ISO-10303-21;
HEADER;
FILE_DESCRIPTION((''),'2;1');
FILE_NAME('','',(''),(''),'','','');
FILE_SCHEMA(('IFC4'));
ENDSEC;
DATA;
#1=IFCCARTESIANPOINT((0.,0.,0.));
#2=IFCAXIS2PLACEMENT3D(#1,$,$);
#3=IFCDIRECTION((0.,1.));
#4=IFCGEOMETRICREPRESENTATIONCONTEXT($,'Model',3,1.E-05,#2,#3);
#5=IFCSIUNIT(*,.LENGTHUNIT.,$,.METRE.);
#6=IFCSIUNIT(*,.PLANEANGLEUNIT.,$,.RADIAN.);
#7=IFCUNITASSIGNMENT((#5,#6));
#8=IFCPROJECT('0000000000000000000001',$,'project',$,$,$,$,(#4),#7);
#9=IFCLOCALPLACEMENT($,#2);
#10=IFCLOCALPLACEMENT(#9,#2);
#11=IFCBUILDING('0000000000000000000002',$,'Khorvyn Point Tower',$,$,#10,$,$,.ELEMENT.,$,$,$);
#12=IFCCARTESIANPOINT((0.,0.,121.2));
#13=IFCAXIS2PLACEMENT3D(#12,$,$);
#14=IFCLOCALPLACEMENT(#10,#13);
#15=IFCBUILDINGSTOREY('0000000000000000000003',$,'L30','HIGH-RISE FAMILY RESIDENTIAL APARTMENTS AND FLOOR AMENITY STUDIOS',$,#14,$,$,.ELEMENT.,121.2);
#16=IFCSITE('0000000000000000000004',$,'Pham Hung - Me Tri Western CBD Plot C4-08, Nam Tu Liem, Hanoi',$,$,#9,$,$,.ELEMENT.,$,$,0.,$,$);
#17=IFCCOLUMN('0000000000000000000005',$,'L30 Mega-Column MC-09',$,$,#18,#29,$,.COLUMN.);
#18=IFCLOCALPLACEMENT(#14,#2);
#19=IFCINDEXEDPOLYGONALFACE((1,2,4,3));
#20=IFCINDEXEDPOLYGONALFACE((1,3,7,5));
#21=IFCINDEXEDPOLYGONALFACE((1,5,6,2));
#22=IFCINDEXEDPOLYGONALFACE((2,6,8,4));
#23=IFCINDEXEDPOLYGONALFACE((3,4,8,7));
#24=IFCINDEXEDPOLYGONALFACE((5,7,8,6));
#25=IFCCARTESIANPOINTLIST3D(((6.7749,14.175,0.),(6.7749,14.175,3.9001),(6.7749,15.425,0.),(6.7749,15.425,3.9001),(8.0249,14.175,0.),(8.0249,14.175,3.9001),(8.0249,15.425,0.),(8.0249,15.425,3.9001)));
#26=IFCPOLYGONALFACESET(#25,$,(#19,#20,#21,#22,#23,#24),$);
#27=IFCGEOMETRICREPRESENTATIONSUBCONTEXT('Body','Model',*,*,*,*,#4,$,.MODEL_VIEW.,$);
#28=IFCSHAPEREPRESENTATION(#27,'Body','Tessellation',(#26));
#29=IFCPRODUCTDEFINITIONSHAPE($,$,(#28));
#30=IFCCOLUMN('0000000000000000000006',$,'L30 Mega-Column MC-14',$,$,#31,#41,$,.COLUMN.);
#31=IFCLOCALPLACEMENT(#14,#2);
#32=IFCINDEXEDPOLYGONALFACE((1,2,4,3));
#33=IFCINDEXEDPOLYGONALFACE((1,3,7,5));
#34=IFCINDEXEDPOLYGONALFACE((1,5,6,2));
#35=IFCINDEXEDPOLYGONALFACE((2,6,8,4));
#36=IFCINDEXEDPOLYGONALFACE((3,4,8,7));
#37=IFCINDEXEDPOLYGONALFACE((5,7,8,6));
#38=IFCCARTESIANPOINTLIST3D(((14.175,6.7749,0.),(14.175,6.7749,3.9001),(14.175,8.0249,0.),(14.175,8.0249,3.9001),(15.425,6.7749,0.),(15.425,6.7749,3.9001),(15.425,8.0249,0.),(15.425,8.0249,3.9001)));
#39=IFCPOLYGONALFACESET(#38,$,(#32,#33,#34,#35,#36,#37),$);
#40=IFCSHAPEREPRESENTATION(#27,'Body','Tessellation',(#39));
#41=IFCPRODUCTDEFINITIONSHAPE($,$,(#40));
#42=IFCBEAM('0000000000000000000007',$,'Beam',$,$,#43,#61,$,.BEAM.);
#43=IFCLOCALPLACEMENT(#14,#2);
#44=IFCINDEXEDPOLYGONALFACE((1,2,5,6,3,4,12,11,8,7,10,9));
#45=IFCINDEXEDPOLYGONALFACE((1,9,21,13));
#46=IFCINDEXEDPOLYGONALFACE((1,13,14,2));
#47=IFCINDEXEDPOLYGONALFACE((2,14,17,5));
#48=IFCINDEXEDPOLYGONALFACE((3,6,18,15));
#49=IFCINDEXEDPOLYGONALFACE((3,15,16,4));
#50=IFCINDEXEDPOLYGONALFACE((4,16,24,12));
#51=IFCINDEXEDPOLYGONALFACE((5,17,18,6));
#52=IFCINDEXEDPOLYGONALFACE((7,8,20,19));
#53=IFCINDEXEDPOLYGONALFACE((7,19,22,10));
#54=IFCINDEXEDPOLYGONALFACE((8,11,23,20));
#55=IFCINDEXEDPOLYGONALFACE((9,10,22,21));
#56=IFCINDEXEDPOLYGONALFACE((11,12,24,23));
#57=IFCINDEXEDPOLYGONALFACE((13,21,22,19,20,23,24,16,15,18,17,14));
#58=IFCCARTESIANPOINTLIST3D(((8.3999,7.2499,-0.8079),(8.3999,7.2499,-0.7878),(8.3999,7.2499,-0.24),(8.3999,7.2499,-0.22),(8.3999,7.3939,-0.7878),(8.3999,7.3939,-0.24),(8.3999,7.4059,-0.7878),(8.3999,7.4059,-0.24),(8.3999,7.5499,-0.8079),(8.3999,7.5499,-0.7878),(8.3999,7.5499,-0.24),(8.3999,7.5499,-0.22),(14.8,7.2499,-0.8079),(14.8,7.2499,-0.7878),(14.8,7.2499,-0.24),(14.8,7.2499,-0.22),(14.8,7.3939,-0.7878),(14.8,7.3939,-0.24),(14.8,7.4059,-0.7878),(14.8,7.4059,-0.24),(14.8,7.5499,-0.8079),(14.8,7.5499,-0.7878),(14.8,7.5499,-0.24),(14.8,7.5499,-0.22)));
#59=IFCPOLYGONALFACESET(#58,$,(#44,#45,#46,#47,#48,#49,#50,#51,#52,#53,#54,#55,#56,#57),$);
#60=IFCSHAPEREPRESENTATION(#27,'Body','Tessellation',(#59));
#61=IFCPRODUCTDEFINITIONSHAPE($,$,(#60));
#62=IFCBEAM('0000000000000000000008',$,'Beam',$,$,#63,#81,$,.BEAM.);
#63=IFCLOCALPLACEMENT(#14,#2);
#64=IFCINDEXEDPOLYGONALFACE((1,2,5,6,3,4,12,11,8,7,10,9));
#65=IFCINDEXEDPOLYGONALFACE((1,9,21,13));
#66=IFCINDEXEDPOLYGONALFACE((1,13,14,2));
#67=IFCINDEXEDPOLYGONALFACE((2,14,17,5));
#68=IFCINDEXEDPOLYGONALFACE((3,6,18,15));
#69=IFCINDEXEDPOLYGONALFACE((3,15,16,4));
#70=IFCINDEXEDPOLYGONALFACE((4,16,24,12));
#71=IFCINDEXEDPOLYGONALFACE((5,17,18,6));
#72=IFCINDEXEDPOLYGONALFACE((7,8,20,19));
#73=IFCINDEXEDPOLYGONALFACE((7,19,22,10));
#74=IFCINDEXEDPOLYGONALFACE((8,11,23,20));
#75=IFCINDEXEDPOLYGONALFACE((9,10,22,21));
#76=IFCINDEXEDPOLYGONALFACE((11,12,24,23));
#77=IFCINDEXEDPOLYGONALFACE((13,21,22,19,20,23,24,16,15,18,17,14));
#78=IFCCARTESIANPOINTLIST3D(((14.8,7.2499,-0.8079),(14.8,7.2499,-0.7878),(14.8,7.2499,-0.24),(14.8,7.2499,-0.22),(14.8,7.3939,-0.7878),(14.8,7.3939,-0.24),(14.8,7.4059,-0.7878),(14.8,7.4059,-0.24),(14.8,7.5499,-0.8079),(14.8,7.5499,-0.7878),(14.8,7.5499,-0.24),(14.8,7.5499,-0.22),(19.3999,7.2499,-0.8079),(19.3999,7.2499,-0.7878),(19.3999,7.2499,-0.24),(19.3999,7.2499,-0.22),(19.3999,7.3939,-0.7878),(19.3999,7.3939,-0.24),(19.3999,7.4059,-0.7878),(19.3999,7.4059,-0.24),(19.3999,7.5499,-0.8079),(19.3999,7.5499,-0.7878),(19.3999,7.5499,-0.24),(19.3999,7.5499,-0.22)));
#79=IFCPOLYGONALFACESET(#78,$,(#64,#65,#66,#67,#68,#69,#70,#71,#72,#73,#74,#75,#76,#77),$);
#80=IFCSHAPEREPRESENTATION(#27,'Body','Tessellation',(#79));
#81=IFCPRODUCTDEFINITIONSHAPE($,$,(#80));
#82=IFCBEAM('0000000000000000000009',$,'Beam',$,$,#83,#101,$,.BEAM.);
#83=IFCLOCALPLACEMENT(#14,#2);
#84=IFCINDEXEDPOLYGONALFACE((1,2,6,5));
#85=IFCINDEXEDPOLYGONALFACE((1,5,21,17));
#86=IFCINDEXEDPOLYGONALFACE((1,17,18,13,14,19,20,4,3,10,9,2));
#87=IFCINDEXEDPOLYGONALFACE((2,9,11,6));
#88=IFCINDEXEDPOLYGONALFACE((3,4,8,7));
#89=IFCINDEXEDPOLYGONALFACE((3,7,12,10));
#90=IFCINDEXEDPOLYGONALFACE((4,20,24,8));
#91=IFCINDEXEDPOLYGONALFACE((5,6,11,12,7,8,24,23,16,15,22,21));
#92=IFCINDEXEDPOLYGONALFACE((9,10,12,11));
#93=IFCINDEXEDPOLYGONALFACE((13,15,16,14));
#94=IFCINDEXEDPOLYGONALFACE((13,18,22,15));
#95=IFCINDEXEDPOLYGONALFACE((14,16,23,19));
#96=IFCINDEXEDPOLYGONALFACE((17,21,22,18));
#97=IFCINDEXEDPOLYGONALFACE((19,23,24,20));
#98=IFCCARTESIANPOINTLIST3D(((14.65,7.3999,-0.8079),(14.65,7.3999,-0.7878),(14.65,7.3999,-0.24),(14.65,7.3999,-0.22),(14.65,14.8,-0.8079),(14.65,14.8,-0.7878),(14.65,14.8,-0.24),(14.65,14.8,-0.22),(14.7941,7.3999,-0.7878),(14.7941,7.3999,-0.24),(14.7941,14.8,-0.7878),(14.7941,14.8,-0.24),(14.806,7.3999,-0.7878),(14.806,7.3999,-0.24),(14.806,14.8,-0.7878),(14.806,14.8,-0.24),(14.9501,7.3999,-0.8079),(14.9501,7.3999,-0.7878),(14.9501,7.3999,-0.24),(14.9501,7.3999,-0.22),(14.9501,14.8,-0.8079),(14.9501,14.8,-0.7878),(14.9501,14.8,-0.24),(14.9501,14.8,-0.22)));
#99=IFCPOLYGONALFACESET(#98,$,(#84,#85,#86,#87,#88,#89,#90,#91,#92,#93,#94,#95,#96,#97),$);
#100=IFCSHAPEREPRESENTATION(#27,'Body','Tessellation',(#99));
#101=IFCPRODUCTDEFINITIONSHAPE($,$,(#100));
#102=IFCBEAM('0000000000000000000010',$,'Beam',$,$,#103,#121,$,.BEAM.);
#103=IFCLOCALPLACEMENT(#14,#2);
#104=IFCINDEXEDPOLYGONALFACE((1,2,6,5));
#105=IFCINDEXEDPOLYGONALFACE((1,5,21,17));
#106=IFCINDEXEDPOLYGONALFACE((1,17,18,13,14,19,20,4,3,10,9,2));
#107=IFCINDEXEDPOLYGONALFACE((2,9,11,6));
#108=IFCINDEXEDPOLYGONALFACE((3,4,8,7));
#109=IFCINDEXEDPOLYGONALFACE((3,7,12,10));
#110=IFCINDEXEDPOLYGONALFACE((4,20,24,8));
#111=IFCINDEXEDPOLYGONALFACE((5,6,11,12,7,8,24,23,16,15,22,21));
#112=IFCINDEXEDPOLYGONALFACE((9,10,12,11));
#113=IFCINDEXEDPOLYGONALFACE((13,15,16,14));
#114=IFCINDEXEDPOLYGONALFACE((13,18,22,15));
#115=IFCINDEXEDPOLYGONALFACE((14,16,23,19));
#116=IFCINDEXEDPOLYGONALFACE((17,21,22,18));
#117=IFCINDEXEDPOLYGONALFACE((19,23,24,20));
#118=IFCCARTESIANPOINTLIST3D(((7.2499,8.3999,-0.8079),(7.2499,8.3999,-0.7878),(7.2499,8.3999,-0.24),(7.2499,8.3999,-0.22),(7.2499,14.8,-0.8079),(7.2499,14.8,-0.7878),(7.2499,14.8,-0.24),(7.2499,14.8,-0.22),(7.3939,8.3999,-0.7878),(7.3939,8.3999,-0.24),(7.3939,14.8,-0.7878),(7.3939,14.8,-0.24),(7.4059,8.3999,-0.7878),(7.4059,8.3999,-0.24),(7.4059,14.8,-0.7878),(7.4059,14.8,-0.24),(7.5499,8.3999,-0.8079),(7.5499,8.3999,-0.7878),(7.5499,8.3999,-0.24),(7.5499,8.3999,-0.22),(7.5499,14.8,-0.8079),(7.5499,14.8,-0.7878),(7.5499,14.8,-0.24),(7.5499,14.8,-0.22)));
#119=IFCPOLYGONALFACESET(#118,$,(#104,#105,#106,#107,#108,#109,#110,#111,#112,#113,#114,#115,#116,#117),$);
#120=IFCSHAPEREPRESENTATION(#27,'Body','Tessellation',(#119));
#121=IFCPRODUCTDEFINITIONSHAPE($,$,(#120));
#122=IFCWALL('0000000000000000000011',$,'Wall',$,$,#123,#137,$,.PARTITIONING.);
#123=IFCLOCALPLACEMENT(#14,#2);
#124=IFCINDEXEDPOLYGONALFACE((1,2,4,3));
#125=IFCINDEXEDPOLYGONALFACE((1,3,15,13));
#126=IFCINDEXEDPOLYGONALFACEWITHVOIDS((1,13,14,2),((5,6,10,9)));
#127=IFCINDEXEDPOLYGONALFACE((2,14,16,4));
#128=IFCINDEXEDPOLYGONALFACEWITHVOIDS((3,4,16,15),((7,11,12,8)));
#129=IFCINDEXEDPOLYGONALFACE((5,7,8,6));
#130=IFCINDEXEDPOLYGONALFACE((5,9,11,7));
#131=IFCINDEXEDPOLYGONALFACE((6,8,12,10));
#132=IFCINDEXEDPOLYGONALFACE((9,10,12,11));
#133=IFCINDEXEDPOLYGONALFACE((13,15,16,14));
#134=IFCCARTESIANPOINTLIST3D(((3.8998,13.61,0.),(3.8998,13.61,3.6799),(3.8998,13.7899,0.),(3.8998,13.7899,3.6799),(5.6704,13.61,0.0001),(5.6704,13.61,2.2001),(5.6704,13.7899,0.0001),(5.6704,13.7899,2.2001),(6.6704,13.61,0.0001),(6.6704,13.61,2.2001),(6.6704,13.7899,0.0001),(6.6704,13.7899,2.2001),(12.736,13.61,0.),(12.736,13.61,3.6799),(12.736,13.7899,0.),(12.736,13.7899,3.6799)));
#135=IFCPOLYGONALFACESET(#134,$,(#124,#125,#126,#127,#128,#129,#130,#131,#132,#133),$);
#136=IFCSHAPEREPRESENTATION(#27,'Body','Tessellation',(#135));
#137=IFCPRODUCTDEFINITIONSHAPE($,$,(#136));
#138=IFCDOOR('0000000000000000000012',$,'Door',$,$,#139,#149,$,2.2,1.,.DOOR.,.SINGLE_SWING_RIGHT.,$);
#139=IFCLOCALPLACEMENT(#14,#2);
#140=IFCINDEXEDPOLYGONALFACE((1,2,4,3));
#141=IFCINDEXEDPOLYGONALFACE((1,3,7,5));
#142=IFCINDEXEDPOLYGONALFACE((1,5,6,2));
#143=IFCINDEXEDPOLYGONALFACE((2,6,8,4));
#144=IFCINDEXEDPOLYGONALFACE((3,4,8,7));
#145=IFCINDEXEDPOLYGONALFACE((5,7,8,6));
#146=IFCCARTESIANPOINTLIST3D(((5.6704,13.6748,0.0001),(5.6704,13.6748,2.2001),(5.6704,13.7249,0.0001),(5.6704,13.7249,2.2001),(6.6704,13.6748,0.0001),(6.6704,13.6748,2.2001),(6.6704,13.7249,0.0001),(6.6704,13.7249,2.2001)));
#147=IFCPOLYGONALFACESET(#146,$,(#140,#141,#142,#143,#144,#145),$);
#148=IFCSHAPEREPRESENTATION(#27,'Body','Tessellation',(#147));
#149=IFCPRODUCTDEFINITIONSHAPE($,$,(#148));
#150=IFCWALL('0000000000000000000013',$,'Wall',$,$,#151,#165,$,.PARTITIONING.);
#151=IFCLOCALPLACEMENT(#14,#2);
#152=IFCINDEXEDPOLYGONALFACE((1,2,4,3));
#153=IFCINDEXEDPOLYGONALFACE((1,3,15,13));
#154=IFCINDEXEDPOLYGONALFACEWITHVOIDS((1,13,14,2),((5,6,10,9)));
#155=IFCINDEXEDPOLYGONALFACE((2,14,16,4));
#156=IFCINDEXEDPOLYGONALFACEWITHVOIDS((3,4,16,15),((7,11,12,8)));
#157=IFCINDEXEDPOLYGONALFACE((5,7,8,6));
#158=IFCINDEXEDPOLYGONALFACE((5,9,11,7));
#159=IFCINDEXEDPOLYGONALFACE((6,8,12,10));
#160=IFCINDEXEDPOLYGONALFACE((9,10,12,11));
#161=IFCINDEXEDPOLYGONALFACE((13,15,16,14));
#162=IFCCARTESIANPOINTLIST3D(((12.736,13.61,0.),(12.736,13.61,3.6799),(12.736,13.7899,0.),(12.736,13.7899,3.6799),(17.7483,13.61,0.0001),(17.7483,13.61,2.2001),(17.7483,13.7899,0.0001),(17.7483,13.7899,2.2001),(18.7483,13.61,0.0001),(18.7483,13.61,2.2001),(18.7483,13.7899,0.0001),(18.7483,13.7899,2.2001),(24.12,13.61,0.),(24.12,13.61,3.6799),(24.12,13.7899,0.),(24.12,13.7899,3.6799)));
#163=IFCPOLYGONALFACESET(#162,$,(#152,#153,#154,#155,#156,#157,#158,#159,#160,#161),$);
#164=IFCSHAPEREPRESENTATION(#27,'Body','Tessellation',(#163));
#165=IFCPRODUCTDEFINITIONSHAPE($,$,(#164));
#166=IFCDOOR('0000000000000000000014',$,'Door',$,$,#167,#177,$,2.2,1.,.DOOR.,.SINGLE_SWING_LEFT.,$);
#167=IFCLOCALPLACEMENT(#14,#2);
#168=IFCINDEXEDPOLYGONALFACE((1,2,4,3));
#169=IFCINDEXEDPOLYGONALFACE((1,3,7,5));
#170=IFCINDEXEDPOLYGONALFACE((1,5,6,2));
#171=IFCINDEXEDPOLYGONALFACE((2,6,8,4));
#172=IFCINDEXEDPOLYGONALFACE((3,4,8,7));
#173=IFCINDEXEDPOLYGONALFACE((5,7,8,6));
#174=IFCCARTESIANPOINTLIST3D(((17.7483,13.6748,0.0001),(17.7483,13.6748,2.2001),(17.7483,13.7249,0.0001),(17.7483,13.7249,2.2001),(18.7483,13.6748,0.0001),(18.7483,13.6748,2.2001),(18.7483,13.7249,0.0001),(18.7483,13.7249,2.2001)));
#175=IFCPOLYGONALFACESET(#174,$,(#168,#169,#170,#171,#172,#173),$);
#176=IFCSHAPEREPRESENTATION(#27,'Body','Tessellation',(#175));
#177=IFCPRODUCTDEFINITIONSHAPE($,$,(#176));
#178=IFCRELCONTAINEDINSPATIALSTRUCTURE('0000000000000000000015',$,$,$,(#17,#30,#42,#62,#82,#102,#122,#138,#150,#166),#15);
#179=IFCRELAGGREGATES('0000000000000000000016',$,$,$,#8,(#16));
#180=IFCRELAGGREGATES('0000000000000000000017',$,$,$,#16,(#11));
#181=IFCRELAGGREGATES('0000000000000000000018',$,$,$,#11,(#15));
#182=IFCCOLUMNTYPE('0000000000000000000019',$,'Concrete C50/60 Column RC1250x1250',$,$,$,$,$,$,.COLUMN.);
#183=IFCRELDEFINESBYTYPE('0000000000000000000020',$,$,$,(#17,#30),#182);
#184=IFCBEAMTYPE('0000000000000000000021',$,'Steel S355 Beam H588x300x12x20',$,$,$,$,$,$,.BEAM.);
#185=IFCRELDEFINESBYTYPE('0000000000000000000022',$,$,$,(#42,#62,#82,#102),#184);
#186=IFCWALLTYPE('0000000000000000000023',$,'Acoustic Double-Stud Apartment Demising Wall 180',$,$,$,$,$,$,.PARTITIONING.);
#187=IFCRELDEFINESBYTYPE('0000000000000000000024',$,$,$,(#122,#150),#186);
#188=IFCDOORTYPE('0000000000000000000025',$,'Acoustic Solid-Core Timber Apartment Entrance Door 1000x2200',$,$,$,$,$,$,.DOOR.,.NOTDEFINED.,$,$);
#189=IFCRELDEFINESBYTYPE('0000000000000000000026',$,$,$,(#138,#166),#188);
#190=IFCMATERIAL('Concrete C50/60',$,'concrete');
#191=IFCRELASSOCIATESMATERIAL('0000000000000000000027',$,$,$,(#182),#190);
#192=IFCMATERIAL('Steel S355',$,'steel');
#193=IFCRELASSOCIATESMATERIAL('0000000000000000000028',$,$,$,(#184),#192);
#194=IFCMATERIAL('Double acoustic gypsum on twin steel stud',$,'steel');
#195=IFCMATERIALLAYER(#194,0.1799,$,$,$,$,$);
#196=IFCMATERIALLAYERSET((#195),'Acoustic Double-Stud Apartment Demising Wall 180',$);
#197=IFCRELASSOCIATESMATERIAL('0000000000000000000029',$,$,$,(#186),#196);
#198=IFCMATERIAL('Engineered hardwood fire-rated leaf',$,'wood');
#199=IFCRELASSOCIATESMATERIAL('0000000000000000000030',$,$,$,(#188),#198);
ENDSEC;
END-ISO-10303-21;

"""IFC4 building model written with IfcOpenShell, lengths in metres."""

from ifc_helpers import new_model, si_unit, direction, frame, frame_2d, origin, origin_2d, place, context, subcontext, project, spatial, rectangle, i_section, extrude, material, layer, layer_set, material_profile, profile_set, type_object, element, fill, save


model = new_model("IFC4")

# Units and contexts
model_context = context("Model", 3, precision=1e-05, world=origin(), true_north=direction((0.0, 1.0)))
body_context = subcontext(model_context, "Body", "Model", "MODEL_VIEW")
ifc_project = project(units=[si_unit("LENGTHUNIT", "METRE"), si_unit("PLANEANGLEUNIT", "RADIAN")], contexts=[model_context])

# Site, building, storey
site_placement = place(None, origin())
site = spatial("IfcSite", under=ifc_project, at=site_placement, Name="Pham Hung - Me Tri Western CBD Plot C4-08, Nam Tu Liem, Hanoi", CompositionType="ELEMENT", RefElevation=0.0)
building_placement = place(site_placement, origin())
building = spatial("IfcBuilding", under=site, at=building_placement, Name="Khorvyn Point Tower", CompositionType="ELEMENT")
storey_placement = place(building_placement, frame((0.0, 0.0, 121.2)))
storey = spatial("IfcBuildingStorey", under=building, at=storey_placement, Name="L30", Description="HIGH-RISE FAMILY RESIDENTIAL APARTMENTS AND FLOOR AMENITY STUDIOS", CompositionType="ELEMENT", Elevation=121.2)

# Columns
ifc_material_1 = material(Name="Concrete C50/60", Category="concrete")
ifc_material_profile_1 = material_profile(ifc_material_1, rectangle(XDim=1.25, YDim=1.25, at=origin_2d()))
ifc_profile_set_1 = profile_set([ifc_material_profile_1], Name="Concrete C50/60 RC1250x1250")
column_type = type_object("IfcColumnType", Name="Concrete C50/60 Column RC1250x1250", PredefinedType="COLUMN", material=ifc_profile_set_1)
for number, where, z_axis, x_axis, name in (
    (1, (7.3999, 14.8, 0.0), (0.0, 0.0, 1.0), (1.0, 0.0, 0.0), "L30 Mega-Column MC-09"),
    (2, (14.8, 7.3999, 0.0), (0.0, 0.0, 1.0), (1.0, 0.0, 0.0), "L30 Mega-Column MC-14"),
):
    element("IfcColumn", number, at=place(storey_placement, frame(where, z_axis=z_axis, x_axis=x_axis)), inside=storey, type_object=column_type, Name=name, PredefinedType="COLUMN", context=body_context, shape_type="SweptSolid", body=[
        extrude(rectangle(XDim=1.25, YDim=1.25, at=origin_2d()), origin(), (0.0, 0.0, 1.0), 3.9001),
    ])

# Beams
ifc_material_2 = material(Name="Steel S355", Category="steel")
ifc_material_profile_2 = material_profile(ifc_material_2, i_section(OverallWidth=0.3, OverallDepth=0.5879, WebThickness=0.012, FlangeThickness=0.02, at=origin_2d()))
ifc_profile_set_2 = profile_set([ifc_material_profile_2], Name="Steel S355 H588x300x12x20")
beam_type = type_object("IfcBeamType", Name="Steel S355 Beam H588x300x12x20", PredefinedType="BEAM", material=ifc_profile_set_2)
beam_1_placement = place(storey_placement, frame((8.3999, 7.3999, -0.5139), z_axis=(1.0, 0.0, 0.0), x_axis=(0.0, 1.0, 0.0)))
element("IfcBeam", 3, at=beam_1_placement, inside=storey, type_object=beam_type, Name="Beam", PredefinedType="BEAM", context=body_context, shape_type="SweptSolid", body=[
    extrude(i_section(OverallWidth=0.3, OverallDepth=0.5879, WebThickness=0.012, FlangeThickness=0.02, at=origin_2d()), origin(), (0.0, 0.0, 1.0), 6.4001),
])
beam_2_placement = place(storey_placement, frame((14.8, 7.3999, -0.5139), z_axis=(1.0, 0.0, 0.0), x_axis=(0.0, 1.0, 0.0)))
element("IfcBeam", 4, at=beam_2_placement, inside=storey, type_object=beam_type, Name="Beam", PredefinedType="BEAM", context=body_context, shape_type="SweptSolid", body=[
    extrude(i_section(OverallWidth=0.3, OverallDepth=0.5879, WebThickness=0.012, FlangeThickness=0.02, at=origin_2d()), origin(), (0.0, 0.0, 1.0), 4.5999),
])
beam_3_placement = place(storey_placement, frame((14.8, 7.3999, -0.5139), z_axis=(0.0, 1.0, 0.0), x_axis=(-1.0, 0.0, 0.0)))
element("IfcBeam", 5, at=beam_3_placement, inside=storey, type_object=beam_type, Name="Beam", PredefinedType="BEAM", context=body_context, shape_type="SweptSolid", body=[
    extrude(i_section(OverallWidth=0.3, OverallDepth=0.5879, WebThickness=0.012, FlangeThickness=0.02, at=origin_2d()), origin(), (0.0, 0.0, 1.0), 7.4001),
])
beam_4_placement = place(storey_placement, frame((7.3999, 8.3999, -0.5139), z_axis=(0.0, 1.0, 0.0), x_axis=(-1.0, 0.0, 0.0)))
element("IfcBeam", 6, at=beam_4_placement, inside=storey, type_object=beam_type, Name="Beam", PredefinedType="BEAM", context=body_context, shape_type="SweptSolid", body=[
    extrude(i_section(OverallWidth=0.3, OverallDepth=0.5879, WebThickness=0.012, FlangeThickness=0.02, at=origin_2d()), origin(), (0.0, 0.0, 1.0), 6.4001),
])

# Walls, openings, doors
ifc_material_3 = material(Name="Double acoustic gypsum on twin steel stud", Category="steel")
ifc_layer_1 = layer(ifc_material_3, 0.1799)
ifc_layer_set_1 = layer_set([ifc_layer_1], Name="Acoustic Double-Stud Apartment Demising Wall 180")
wall_type_1 = type_object("IfcWallType", Name="Acoustic Double-Stud Apartment Demising Wall 180", PredefinedType="PARTITIONING", material=ifc_layer_set_1)
wall_1_placement = place(storey_placement, frame((3.8999, 13.7, 0.0), z_axis=(0.0, 0.0, 1.0), x_axis=(1.0, 0.0, 0.0)))
wall_1 = element("IfcWall", 7, at=wall_1_placement, inside=storey, type_object=wall_type_1, Name="Wall", PredefinedType="PARTITIONING", context=body_context, shape_type="SweptSolid", body=[
    extrude(rectangle(XDim=8.8362, YDim=0.1799, at=frame_2d((4.418, 0.0))), origin(), (0.0, 0.0, 1.0), 3.6799),
])
opening_1_placement = place(wall_1_placement, frame((1.7705, 0.0, 0.0)))
opening_1 = element("IfcOpeningElement", 8, at=opening_1_placement, cuts=wall_1, PredefinedType="OPENING", context=body_context, shape_type="SweptSolid", body=[
    extrude(rectangle(XDim=1.0, YDim=2.2, at=frame_2d((0.5, 1.1001))), frame((0.0, 0.0999, 0.0), z_axis=(0.0, -1.0, 0.0), x_axis=(1.0, 0.0, 0.0)), (0.0, 0.0, 1.0), 0.2),
])
ifc_material_4 = material(Name="Engineered hardwood fire-rated leaf", Category="wood")
door_type_1 = type_object("IfcDoorType", Name="Acoustic Solid-Core Timber Apartment Entrance Door 1000x2200", OperationType="NOTDEFINED", PredefinedType="DOOR", material=ifc_material_4)
door_1_placement = place(opening_1_placement, origin())
door_1 = element("IfcDoor", 9, at=door_1_placement, inside=storey, type_object=door_type_1, Name="Door", OperationType="SINGLE_SWING_RIGHT", OverallHeight=2.2, OverallWidth=1.0, PredefinedType="DOOR", context=body_context, shape_type="SweptSolid", body=[
    extrude(rectangle(XDim=1.0, YDim=2.2, at=frame_2d((0.5, 1.1001))), frame((0.0, 0.0249, 0.0), z_axis=(0.0, -1.0, 0.0), x_axis=(1.0, 0.0, 0.0)), (0.0, 0.0, 1.0), 0.05),
])
fill(opening_1, door_1)
wall_2_placement = place(storey_placement, frame((12.7361, 13.7, 0.0), z_axis=(0.0, 0.0, 1.0), x_axis=(1.0, 0.0, 0.0)))
wall_2 = element("IfcWall", 10, at=wall_2_placement, inside=storey, type_object=wall_type_1, Name="Wall", PredefinedType="PARTITIONING", context=body_context, shape_type="SweptSolid", body=[
    extrude(rectangle(XDim=11.384, YDim=0.1799, at=frame_2d((5.6919, 0.0))), origin(), (0.0, 0.0, 1.0), 3.6799),
])
opening_2_placement = place(wall_2_placement, frame((5.0122, 0.0, 0.0)))
opening_2 = element("IfcOpeningElement", 11, at=opening_2_placement, cuts=wall_2, PredefinedType="OPENING", context=body_context, shape_type="SweptSolid", body=[
    extrude(rectangle(XDim=1.0, YDim=2.2, at=frame_2d((0.5, 1.1001))), frame((0.0, 0.0999, 0.0), z_axis=(0.0, -1.0, 0.0), x_axis=(1.0, 0.0, 0.0)), (0.0, 0.0, 1.0), 0.2),
])
door_2_placement = place(opening_2_placement, origin())
door_2 = element("IfcDoor", 12, at=door_2_placement, inside=storey, type_object=door_type_1, Name="Door", OperationType="SINGLE_SWING_LEFT", OverallHeight=2.2, OverallWidth=1.0, PredefinedType="DOOR", context=body_context, shape_type="SweptSolid", body=[
    extrude(rectangle(XDim=1.0, YDim=2.2, at=frame_2d((0.5, 1.1001))), frame((0.0, 0.0249, 0.0), z_axis=(0.0, -1.0, 0.0), x_axis=(1.0, 0.0, 0.0)), (0.0, 0.0, 1.0), 0.05),
])
fill(opening_2, door_2)

save(model, "model.ifc")
